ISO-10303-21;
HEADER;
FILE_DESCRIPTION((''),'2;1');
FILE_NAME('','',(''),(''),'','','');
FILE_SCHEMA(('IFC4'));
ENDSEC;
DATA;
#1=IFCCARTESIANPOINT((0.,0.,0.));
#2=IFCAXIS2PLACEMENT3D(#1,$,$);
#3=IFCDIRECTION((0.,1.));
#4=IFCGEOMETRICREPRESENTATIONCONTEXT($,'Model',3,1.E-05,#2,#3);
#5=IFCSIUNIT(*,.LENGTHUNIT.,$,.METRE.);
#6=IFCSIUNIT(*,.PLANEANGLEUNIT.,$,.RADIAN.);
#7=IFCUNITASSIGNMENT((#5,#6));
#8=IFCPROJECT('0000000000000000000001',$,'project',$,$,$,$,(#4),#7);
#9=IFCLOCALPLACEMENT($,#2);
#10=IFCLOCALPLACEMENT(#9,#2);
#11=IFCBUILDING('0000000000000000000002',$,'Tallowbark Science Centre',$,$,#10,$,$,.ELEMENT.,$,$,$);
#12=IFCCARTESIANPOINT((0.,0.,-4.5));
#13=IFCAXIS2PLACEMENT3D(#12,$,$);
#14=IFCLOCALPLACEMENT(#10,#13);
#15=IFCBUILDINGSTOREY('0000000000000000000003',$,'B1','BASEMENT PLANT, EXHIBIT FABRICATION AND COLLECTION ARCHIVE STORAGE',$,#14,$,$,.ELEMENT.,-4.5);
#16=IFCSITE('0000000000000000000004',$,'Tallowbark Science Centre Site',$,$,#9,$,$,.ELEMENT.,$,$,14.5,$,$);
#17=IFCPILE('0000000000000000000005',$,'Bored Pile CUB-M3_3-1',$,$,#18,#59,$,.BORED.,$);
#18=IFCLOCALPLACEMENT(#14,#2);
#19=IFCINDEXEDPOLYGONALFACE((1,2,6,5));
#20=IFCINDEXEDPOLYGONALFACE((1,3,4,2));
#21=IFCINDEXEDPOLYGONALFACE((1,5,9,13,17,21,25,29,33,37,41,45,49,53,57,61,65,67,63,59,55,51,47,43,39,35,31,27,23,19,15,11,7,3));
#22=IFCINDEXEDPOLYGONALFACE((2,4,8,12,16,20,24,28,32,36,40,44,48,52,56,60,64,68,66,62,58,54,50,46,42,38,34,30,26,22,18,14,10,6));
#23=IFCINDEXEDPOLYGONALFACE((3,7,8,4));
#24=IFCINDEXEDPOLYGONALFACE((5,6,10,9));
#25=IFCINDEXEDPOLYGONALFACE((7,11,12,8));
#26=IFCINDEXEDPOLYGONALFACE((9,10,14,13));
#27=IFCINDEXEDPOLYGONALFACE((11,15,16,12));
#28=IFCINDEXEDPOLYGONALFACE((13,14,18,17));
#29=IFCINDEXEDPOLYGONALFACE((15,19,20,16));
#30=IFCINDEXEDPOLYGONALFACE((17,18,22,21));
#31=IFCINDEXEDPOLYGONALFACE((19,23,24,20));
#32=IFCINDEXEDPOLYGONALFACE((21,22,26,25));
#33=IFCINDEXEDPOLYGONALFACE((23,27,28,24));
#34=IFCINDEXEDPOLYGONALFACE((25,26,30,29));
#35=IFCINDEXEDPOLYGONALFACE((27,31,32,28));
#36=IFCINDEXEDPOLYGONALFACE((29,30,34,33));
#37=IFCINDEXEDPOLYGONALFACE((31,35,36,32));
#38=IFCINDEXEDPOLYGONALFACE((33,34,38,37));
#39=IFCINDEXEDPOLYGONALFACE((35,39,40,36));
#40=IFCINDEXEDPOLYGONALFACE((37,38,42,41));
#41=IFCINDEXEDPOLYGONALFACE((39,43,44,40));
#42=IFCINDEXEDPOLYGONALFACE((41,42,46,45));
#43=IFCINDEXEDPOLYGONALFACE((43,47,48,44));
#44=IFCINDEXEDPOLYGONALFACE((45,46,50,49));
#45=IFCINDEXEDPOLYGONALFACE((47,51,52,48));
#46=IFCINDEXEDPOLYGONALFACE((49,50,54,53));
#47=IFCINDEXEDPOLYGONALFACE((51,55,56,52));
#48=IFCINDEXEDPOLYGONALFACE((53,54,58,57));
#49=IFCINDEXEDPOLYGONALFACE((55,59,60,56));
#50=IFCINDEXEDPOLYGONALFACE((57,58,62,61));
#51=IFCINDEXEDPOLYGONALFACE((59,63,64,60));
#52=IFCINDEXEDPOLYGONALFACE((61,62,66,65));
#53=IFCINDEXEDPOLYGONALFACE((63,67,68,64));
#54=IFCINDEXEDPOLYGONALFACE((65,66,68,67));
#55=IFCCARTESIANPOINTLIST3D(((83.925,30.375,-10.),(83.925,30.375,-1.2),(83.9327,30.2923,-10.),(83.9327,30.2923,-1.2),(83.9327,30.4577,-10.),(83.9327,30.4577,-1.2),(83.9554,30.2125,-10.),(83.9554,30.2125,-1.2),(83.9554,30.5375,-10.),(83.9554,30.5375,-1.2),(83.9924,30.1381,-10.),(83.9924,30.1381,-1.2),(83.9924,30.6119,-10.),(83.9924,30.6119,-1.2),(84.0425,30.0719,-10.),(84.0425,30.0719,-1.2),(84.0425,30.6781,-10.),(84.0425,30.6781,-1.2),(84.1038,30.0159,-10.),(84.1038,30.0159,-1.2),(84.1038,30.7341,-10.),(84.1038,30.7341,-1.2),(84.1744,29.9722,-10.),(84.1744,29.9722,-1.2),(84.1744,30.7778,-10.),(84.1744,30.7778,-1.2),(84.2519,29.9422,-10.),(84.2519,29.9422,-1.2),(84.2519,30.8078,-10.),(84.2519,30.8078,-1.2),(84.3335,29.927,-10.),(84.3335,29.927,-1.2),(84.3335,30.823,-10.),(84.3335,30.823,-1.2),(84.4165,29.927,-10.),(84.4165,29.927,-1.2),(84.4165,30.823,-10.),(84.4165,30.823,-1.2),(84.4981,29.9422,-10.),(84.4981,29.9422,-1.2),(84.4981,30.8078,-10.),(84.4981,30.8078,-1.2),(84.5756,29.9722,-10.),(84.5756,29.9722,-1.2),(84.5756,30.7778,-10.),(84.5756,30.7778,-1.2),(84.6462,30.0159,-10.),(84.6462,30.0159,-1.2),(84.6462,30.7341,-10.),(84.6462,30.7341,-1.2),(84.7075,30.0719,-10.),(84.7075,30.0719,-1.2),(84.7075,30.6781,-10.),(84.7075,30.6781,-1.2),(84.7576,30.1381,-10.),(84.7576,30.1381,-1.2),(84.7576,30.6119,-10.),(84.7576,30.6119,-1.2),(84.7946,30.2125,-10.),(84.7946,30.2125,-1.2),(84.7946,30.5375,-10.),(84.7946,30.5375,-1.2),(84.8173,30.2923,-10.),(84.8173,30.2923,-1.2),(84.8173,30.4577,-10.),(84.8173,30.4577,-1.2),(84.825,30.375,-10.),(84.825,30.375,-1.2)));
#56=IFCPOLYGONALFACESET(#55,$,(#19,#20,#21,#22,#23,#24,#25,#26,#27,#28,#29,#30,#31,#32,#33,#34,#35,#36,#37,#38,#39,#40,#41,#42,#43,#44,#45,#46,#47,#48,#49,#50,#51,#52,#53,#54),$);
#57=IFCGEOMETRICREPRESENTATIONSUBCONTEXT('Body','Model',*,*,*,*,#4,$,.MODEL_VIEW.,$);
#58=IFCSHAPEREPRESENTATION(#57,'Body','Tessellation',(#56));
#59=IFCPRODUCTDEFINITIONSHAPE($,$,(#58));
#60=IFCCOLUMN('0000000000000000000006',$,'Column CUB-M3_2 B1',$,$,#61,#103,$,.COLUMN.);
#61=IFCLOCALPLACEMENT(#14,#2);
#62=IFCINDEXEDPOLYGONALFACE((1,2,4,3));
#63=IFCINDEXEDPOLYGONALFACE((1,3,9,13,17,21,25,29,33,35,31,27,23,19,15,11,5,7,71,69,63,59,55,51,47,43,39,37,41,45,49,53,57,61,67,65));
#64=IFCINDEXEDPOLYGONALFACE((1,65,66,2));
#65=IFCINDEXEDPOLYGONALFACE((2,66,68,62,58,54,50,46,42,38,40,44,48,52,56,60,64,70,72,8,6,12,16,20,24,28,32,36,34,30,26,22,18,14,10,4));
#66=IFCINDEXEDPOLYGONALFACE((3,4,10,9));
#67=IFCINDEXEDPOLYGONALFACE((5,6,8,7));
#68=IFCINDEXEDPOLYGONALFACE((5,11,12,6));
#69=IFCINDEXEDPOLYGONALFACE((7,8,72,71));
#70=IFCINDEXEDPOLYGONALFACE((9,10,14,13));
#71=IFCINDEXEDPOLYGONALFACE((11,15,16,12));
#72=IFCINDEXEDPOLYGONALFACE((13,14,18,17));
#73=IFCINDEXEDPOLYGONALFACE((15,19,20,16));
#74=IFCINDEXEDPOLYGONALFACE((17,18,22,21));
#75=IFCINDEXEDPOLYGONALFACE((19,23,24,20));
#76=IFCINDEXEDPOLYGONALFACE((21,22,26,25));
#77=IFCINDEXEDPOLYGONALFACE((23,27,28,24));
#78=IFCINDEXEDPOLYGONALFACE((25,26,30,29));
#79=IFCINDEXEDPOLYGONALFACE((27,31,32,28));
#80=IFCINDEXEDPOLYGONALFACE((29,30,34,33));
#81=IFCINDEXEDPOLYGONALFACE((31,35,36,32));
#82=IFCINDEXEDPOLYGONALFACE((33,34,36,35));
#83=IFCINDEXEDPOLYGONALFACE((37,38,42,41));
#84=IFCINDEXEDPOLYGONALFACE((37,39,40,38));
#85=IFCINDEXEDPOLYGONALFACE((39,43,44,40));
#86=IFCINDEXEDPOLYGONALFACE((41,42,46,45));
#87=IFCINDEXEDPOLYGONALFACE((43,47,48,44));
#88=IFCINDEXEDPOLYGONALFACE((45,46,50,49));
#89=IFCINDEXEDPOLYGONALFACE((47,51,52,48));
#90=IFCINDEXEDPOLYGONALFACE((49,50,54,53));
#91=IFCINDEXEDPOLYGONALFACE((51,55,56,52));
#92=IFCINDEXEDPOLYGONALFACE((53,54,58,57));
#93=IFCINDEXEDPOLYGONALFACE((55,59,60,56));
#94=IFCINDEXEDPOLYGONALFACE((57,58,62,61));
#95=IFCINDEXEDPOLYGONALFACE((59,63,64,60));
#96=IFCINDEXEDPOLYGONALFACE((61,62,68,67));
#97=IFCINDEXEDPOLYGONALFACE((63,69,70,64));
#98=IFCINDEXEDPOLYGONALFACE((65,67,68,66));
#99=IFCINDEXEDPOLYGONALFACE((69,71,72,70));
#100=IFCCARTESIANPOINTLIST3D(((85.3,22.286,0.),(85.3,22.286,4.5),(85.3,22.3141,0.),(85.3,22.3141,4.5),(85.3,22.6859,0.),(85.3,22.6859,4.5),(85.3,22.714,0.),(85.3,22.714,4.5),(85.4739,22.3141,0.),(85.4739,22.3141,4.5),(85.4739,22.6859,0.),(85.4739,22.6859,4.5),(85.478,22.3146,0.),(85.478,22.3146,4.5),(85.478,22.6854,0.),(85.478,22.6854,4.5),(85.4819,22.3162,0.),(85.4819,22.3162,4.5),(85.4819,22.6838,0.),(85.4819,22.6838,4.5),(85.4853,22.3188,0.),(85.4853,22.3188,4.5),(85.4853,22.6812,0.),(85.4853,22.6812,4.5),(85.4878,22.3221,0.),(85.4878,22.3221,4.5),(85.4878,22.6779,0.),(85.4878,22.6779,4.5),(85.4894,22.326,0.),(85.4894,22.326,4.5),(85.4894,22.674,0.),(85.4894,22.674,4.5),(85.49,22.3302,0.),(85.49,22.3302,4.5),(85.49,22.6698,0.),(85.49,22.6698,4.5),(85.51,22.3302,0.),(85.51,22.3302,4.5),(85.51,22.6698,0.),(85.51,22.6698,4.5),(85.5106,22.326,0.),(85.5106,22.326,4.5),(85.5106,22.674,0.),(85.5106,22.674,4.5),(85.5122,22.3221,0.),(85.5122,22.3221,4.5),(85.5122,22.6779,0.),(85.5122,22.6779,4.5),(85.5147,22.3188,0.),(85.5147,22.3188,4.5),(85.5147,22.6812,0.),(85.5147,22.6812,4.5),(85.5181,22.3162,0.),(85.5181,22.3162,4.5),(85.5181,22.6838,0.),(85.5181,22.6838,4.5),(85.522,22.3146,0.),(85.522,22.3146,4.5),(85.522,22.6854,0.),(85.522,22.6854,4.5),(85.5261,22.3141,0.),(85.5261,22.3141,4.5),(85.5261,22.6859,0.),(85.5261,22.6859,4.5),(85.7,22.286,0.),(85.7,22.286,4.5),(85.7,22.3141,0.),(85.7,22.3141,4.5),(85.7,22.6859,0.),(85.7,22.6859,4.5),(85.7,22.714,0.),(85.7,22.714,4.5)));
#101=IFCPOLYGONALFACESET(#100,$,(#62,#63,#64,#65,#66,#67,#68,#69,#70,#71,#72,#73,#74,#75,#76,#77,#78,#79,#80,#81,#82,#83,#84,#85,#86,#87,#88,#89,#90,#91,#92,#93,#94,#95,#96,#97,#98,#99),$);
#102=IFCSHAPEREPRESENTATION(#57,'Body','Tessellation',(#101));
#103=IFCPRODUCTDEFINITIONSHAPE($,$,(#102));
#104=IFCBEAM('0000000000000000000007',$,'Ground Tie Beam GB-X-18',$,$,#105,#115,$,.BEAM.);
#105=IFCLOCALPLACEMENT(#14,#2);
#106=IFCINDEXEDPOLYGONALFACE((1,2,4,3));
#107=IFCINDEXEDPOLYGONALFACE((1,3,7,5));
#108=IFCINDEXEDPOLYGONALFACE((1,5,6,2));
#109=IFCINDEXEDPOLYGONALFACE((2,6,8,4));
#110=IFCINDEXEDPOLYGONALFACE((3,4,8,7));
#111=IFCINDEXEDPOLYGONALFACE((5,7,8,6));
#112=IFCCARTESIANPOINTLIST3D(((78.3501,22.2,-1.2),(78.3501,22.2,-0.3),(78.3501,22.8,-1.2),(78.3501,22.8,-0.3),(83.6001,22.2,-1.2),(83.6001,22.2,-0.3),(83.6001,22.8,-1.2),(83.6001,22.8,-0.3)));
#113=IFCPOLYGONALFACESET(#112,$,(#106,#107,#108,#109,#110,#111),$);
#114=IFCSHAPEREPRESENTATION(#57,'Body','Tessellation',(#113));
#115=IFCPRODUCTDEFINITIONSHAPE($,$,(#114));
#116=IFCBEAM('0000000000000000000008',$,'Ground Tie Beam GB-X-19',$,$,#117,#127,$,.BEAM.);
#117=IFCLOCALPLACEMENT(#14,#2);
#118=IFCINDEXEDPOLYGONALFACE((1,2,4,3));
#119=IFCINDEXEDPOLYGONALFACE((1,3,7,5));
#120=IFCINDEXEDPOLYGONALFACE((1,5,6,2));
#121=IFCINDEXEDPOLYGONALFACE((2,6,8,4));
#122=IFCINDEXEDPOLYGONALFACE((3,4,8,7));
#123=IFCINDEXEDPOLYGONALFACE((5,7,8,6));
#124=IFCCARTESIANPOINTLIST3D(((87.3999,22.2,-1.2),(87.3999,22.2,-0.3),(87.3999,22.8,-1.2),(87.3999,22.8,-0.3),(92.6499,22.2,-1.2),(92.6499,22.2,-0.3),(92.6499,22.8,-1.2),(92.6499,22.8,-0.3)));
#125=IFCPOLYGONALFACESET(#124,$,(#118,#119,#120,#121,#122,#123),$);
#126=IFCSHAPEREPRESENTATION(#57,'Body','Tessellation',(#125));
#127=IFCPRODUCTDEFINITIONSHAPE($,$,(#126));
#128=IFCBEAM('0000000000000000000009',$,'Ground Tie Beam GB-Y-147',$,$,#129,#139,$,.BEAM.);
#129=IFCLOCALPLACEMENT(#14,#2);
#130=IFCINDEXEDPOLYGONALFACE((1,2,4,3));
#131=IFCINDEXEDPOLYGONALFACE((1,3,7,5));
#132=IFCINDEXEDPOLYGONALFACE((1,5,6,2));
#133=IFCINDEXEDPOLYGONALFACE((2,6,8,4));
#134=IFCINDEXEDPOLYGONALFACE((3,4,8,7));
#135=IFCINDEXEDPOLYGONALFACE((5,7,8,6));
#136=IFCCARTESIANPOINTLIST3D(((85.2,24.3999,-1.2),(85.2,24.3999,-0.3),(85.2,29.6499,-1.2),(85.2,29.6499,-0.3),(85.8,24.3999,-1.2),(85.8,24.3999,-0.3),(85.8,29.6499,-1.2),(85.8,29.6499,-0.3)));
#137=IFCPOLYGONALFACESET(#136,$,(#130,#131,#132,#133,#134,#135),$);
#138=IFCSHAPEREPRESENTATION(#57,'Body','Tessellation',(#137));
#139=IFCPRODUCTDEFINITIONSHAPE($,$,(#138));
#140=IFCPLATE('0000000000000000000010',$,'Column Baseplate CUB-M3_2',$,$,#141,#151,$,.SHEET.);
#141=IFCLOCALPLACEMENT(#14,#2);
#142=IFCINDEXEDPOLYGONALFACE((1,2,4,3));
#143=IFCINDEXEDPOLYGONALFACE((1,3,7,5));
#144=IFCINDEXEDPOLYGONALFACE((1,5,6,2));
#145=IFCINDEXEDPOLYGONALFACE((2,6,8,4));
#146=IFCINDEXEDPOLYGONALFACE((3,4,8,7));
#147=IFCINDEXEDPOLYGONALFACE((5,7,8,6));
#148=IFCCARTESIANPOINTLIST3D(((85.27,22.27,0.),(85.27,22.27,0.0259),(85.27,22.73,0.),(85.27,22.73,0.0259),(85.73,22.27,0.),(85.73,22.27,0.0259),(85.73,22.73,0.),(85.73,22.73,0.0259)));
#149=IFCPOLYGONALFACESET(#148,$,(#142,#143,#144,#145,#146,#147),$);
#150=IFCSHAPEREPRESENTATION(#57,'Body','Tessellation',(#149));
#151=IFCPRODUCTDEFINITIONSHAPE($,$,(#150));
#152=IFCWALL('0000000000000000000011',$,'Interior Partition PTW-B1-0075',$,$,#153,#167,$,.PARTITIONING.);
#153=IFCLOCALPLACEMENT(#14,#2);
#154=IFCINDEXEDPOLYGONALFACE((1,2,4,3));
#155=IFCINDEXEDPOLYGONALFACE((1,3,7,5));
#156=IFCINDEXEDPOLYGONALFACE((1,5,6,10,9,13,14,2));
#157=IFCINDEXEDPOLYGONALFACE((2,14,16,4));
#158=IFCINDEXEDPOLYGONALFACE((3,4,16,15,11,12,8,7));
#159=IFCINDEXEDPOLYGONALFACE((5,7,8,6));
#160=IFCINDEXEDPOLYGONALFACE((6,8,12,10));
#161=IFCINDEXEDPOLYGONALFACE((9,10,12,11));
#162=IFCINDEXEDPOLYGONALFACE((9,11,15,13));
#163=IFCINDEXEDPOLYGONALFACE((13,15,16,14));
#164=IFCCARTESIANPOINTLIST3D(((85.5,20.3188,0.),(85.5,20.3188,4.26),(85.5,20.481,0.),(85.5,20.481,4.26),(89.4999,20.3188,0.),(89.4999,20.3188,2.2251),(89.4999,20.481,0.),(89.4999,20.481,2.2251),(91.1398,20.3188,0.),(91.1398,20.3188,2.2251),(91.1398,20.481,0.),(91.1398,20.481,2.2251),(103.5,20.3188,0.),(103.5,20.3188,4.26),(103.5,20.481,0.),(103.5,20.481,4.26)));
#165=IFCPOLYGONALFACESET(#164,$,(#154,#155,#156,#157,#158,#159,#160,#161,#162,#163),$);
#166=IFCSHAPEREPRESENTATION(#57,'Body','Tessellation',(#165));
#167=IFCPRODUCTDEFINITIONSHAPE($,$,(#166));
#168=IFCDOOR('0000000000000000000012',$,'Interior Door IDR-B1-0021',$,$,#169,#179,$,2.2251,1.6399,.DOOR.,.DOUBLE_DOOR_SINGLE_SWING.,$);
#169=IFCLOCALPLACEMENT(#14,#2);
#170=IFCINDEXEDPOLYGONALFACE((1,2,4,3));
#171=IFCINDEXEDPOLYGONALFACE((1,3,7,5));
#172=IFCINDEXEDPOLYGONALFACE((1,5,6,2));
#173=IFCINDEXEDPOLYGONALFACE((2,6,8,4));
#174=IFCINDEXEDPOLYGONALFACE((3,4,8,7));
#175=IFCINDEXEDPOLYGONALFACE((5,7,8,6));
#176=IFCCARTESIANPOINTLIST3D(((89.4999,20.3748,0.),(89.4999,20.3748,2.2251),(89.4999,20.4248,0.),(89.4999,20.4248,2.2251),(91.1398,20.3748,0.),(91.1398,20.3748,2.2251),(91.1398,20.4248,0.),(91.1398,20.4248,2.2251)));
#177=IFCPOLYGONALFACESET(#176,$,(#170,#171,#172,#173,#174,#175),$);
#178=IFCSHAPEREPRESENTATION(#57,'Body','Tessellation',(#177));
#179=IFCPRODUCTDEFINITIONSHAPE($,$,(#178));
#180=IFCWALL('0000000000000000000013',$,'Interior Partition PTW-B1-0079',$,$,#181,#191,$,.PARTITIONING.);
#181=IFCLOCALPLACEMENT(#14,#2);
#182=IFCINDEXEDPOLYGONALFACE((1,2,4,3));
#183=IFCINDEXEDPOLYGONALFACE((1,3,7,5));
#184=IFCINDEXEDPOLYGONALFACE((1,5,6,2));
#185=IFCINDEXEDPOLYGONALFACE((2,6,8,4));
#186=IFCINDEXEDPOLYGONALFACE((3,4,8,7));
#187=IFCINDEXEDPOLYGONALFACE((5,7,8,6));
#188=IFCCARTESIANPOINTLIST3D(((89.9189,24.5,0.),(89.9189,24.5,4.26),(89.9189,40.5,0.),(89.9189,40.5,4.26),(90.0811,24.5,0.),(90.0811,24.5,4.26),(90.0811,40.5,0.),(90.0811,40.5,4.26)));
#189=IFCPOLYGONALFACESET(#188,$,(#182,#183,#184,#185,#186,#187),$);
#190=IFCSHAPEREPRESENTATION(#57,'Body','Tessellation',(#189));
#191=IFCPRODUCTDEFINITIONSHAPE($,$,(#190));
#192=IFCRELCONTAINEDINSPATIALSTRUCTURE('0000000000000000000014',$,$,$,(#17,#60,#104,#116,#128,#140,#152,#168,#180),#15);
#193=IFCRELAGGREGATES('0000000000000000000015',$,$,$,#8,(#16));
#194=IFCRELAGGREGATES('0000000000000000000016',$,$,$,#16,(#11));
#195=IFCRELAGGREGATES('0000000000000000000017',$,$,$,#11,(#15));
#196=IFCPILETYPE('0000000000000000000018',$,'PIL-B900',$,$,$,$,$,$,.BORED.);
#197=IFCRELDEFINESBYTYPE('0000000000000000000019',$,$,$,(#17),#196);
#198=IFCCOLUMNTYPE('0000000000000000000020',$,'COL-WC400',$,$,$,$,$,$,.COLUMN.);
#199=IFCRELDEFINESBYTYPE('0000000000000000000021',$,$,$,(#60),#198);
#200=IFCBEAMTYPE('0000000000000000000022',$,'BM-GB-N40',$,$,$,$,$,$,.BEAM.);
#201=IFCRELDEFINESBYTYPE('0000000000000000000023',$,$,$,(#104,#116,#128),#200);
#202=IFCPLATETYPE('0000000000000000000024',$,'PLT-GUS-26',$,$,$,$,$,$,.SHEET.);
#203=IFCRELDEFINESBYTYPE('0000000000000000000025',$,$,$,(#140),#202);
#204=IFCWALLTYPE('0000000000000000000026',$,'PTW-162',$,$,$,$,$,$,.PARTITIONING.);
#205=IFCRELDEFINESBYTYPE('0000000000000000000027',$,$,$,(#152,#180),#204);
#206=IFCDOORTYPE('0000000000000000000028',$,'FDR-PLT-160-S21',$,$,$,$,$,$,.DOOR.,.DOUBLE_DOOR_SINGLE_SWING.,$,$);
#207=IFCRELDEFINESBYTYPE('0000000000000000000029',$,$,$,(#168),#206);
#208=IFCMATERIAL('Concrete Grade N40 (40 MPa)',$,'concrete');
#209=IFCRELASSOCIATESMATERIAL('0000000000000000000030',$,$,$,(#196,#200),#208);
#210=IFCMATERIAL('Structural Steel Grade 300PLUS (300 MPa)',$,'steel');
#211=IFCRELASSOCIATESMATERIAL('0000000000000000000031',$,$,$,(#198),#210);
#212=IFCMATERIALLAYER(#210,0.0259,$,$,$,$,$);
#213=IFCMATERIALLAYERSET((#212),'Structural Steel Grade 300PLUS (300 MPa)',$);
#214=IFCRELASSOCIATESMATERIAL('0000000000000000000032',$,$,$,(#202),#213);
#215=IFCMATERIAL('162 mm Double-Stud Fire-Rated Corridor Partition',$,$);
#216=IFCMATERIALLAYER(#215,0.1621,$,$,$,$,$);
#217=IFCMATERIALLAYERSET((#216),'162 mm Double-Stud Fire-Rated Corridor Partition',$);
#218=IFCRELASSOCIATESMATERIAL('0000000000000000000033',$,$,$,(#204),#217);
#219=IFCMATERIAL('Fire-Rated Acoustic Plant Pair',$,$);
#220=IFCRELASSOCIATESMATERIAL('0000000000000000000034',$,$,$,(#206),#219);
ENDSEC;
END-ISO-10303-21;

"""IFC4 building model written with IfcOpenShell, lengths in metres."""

from ifc_helpers import new_model, si_unit, direction, frame, frame_2d, origin, origin_2d, place, context, subcontext, project, spatial, rectangle, circle, i_section, extrude, material, layer, layer_set, material_profile, profile_set, type_object, element, fill, save


model = new_model("IFC4")

# Units and contexts
model_context = context("Model", 3, precision=1e-05, world=origin(), true_north=direction((0.0, 1.0)))
body_context = subcontext(model_context, "Body", "Model", "MODEL_VIEW")
ifc_project = project(units=[si_unit("LENGTHUNIT", "METRE"), si_unit("PLANEANGLEUNIT", "RADIAN")], contexts=[model_context])

# Site, building, storey
site_placement = place(None, origin())
site = spatial("IfcSite", under=ifc_project, at=site_placement, Name="Tallowbark Science Centre Site", CompositionType="ELEMENT", RefElevation=14.5)
building_placement = place(site_placement, origin())
building = spatial("IfcBuilding", under=site, at=building_placement, Name="Tallowbark Science Centre", CompositionType="ELEMENT")
storey_placement = place(building_placement, frame((0.0, 0.0, -4.5)))
storey = spatial("IfcBuildingStorey", under=building, at=storey_placement, Name="B1", Description="BASEMENT PLANT, EXHIBIT FABRICATION AND COLLECTION ARCHIVE STORAGE", CompositionType="ELEMENT", Elevation=-4.5)

# Shared definitions
ifc_material_1 = material(Name="Concrete Grade N40 (40 MPa)", Category="concrete")

# Pile
ifc_material_profile_1 = material_profile(ifc_material_1, circle(Radius=0.45, at=origin_2d()), Name="PILE900")
ifc_profile_set_1 = profile_set([ifc_material_profile_1], Name="Concrete Grade N40 (40 MPa)")
pile_type = type_object("IfcPileType", Name="PIL-B900", PredefinedType="BORED", material=ifc_profile_set_1)
pile_placement = place(storey_placement, frame((84.375, 30.375, -1.2), z_axis=(0.0, 0.0, -1.0), x_axis=(1.0, 0.0, 0.0)))
element("IfcPile", 1, at=pile_placement, inside=storey, type_object=pile_type, Name="Bored Pile CUB-M3_3-1", PredefinedType="BORED", context=body_context, shape_type="SweptSolid", body=[
    extrude(circle(Radius=0.45, at=origin_2d()), origin(), (0.0, 0.0, 1.0), 8.8),
])

# Column
ifc_material_2 = material(Name="Structural Steel Grade 300PLUS (300 MPa)", Category="steel")
ifc_material_profile_2 = material_profile(ifc_material_2, i_section(OverallWidth=0.3999, OverallDepth=0.428, WebThickness=0.02, FlangeThickness=0.0281, FilletRadius=0.0161, at=origin_2d()), Name="400WC270")
ifc_profile_set_2 = profile_set([ifc_material_profile_2], Name="Structural Steel Grade 300PLUS (300 MPa)")
column_type = type_object("IfcColumnType", Name="COL-WC400", PredefinedType="COLUMN", material=ifc_profile_set_2)
column_placement = place(storey_placement, frame((85.5, 22.5, 0.0), z_axis=(0.0, 0.0, 1.0), x_axis=(1.0, 0.0, 0.0)))
element("IfcColumn", 2, at=column_placement, inside=storey, type_object=column_type, Name="Column CUB-M3_2 B1", PredefinedType="COLUMN", context=body_context, shape_type="SweptSolid", body=[
    extrude(i_section(OverallWidth=0.3999, OverallDepth=0.428, WebThickness=0.02, FlangeThickness=0.0281, FilletRadius=0.0161, at=origin_2d()), origin(), (0.0, 0.0, 1.0), 4.5),
])

# Beams
ifc_material_profile_3 = material_profile(ifc_material_1, rectangle(XDim=0.6001, YDim=0.8999, at=origin_2d()), Name="RC600x900")
ifc_profile_set_3 = profile_set([ifc_material_profile_3], Name="Concrete Grade N40 (40 MPa)")
beam_type = type_object("IfcBeamType", Name="BM-GB-N40", PredefinedType="BEAM", material=ifc_profile_set_3)
for number, where, z_axis, x_axis, name in (
    (3, (78.3501, 22.5, -0.75), (1.0, 0.0, 0.0), (0.0, 1.0, 0.0), "Ground Tie Beam GB-X-18"),
    (4, (87.3999, 22.5, -0.75), (1.0, 0.0, 0.0), (0.0, 1.0, 0.0), "Ground Tie Beam GB-X-19"),
    (5, (85.5, 24.3999, -0.75), (0.0, 1.0, 0.0), (-1.0, 0.0, 0.0), "Ground Tie Beam GB-Y-147"),
):
    element("IfcBeam", number, at=place(storey_placement, frame(where, z_axis=z_axis, x_axis=x_axis)), inside=storey, type_object=beam_type, Name=name, PredefinedType="BEAM", context=body_context, shape_type="SweptSolid", body=[
        extrude(rectangle(XDim=0.6001, YDim=0.8999, at=origin_2d()), origin(), (0.0, 0.0, 1.0), 5.25),
    ])

# Plate
ifc_layer_1 = layer(ifc_material_2, 0.0259)
ifc_layer_set_1 = layer_set([ifc_layer_1], Name="Structural Steel Grade 300PLUS (300 MPa)")
plate_type = type_object("IfcPlateType", Name="PLT-GUS-26", PredefinedType="SHEET", material=ifc_layer_set_1)
plate_placement = place(storey_placement, frame((85.5, 22.5, 0.0), z_axis=(0.0, 0.0, 1.0), x_axis=(1.0, 0.0, 0.0)))
element("IfcPlate", 6, at=plate_placement, inside=storey, type_object=plate_type, Name="Column Baseplate CUB-M3_2", PredefinedType="SHEET", context=body_context, shape_type="SweptSolid", body=[
    extrude(rectangle(XDim=0.46, YDim=0.46, at=origin_2d()), origin(), (0.0, 0.0, 1.0), 0.0259),
])

# Wall, opening, door
ifc_material_3 = material(Name="162 mm Double-Stud Fire-Rated Corridor Partition")
ifc_layer_2 = layer(ifc_material_3, 0.1621)
ifc_layer_set_2 = layer_set([ifc_layer_2], Name="162 mm Double-Stud Fire-Rated Corridor Partition")
wall_type_1 = type_object("IfcWallType", Name="PTW-162", PredefinedType="PARTITIONING", material=ifc_layer_set_2)
wall_1_placement = place(storey_placement, frame((85.5, 20.3999, 0.0), z_axis=(0.0, 0.0, 1.0), x_axis=(1.0, 0.0, 0.0)))
wall_1 = element("IfcWall", 7, at=wall_1_placement, inside=storey, type_object=wall_type_1, Name="Interior Partition PTW-B1-0075", PredefinedType="PARTITIONING", context=body_context, shape_type="SweptSolid", body=[
    extrude(rectangle(XDim=18.0, YDim=0.1621, at=frame_2d((9.0, 0.0))), origin(), (0.0, 0.0, 1.0), 4.26),
])
opening_1_placement = place(wall_1_placement, frame((4.0, 0.0, 0.0)))
opening_1 = element("IfcOpeningElement", 8, at=opening_1_placement, cuts=wall_1, PredefinedType="OPENING", context=body_context, shape_type="SweptSolid", body=[
    extrude(rectangle(XDim=1.6399, YDim=2.2251, at=frame_2d((0.8198, 1.1125))), frame((0.0, 0.0911, 0.0), z_axis=(0.0, -1.0, 0.0), x_axis=(1.0, 0.0, 0.0)), (0.0, 0.0, 1.0), 0.1821),
])
ifc_material_4 = material(Name="Fire-Rated Acoustic Plant Pair")
door_type_1 = type_object("IfcDoorType", Name="FDR-PLT-160-S21", OperationType="DOUBLE_DOOR_SINGLE_SWING", PredefinedType="DOOR", material=ifc_material_4)
door_1_placement = place(opening_1_placement, origin())
door_1 = element("IfcDoor", 9, at=door_1_placement, inside=storey, type_object=door_type_1, Name="Interior Door IDR-B1-0021", OperationType="DOUBLE_DOOR_SINGLE_SWING", OverallHeight=2.2251, OverallWidth=1.6399, PredefinedType="DOOR", context=body_context, shape_type="SweptSolid", body=[
    extrude(rectangle(XDim=1.6399, YDim=2.2251, at=frame_2d((0.8198, 1.1125))), frame((0.0, 0.0249, 0.0), z_axis=(0.0, -1.0, 0.0), x_axis=(1.0, 0.0, 0.0)), (0.0, 0.0, 1.0), 0.05),
])
fill(opening_1, door_1)

# Wall
wall_2_placement = place(storey_placement, frame((90.0, 24.5, 0.0), z_axis=(0.0, 0.0, 1.0), x_axis=(0.0, 1.0, 0.0)))
element("IfcWall", 10, at=wall_2_placement, inside=storey, type_object=wall_type_1, Name="Interior Partition PTW-B1-0079", PredefinedType="PARTITIONING", context=body_context, shape_type="SweptSolid", body=[
    extrude(rectangle(XDim=16.0, YDim=0.1621, at=frame_2d((8.0, 0.0))), origin(), (0.0, 0.0, 1.0), 4.26),
])

save(model, "model.ifc")
